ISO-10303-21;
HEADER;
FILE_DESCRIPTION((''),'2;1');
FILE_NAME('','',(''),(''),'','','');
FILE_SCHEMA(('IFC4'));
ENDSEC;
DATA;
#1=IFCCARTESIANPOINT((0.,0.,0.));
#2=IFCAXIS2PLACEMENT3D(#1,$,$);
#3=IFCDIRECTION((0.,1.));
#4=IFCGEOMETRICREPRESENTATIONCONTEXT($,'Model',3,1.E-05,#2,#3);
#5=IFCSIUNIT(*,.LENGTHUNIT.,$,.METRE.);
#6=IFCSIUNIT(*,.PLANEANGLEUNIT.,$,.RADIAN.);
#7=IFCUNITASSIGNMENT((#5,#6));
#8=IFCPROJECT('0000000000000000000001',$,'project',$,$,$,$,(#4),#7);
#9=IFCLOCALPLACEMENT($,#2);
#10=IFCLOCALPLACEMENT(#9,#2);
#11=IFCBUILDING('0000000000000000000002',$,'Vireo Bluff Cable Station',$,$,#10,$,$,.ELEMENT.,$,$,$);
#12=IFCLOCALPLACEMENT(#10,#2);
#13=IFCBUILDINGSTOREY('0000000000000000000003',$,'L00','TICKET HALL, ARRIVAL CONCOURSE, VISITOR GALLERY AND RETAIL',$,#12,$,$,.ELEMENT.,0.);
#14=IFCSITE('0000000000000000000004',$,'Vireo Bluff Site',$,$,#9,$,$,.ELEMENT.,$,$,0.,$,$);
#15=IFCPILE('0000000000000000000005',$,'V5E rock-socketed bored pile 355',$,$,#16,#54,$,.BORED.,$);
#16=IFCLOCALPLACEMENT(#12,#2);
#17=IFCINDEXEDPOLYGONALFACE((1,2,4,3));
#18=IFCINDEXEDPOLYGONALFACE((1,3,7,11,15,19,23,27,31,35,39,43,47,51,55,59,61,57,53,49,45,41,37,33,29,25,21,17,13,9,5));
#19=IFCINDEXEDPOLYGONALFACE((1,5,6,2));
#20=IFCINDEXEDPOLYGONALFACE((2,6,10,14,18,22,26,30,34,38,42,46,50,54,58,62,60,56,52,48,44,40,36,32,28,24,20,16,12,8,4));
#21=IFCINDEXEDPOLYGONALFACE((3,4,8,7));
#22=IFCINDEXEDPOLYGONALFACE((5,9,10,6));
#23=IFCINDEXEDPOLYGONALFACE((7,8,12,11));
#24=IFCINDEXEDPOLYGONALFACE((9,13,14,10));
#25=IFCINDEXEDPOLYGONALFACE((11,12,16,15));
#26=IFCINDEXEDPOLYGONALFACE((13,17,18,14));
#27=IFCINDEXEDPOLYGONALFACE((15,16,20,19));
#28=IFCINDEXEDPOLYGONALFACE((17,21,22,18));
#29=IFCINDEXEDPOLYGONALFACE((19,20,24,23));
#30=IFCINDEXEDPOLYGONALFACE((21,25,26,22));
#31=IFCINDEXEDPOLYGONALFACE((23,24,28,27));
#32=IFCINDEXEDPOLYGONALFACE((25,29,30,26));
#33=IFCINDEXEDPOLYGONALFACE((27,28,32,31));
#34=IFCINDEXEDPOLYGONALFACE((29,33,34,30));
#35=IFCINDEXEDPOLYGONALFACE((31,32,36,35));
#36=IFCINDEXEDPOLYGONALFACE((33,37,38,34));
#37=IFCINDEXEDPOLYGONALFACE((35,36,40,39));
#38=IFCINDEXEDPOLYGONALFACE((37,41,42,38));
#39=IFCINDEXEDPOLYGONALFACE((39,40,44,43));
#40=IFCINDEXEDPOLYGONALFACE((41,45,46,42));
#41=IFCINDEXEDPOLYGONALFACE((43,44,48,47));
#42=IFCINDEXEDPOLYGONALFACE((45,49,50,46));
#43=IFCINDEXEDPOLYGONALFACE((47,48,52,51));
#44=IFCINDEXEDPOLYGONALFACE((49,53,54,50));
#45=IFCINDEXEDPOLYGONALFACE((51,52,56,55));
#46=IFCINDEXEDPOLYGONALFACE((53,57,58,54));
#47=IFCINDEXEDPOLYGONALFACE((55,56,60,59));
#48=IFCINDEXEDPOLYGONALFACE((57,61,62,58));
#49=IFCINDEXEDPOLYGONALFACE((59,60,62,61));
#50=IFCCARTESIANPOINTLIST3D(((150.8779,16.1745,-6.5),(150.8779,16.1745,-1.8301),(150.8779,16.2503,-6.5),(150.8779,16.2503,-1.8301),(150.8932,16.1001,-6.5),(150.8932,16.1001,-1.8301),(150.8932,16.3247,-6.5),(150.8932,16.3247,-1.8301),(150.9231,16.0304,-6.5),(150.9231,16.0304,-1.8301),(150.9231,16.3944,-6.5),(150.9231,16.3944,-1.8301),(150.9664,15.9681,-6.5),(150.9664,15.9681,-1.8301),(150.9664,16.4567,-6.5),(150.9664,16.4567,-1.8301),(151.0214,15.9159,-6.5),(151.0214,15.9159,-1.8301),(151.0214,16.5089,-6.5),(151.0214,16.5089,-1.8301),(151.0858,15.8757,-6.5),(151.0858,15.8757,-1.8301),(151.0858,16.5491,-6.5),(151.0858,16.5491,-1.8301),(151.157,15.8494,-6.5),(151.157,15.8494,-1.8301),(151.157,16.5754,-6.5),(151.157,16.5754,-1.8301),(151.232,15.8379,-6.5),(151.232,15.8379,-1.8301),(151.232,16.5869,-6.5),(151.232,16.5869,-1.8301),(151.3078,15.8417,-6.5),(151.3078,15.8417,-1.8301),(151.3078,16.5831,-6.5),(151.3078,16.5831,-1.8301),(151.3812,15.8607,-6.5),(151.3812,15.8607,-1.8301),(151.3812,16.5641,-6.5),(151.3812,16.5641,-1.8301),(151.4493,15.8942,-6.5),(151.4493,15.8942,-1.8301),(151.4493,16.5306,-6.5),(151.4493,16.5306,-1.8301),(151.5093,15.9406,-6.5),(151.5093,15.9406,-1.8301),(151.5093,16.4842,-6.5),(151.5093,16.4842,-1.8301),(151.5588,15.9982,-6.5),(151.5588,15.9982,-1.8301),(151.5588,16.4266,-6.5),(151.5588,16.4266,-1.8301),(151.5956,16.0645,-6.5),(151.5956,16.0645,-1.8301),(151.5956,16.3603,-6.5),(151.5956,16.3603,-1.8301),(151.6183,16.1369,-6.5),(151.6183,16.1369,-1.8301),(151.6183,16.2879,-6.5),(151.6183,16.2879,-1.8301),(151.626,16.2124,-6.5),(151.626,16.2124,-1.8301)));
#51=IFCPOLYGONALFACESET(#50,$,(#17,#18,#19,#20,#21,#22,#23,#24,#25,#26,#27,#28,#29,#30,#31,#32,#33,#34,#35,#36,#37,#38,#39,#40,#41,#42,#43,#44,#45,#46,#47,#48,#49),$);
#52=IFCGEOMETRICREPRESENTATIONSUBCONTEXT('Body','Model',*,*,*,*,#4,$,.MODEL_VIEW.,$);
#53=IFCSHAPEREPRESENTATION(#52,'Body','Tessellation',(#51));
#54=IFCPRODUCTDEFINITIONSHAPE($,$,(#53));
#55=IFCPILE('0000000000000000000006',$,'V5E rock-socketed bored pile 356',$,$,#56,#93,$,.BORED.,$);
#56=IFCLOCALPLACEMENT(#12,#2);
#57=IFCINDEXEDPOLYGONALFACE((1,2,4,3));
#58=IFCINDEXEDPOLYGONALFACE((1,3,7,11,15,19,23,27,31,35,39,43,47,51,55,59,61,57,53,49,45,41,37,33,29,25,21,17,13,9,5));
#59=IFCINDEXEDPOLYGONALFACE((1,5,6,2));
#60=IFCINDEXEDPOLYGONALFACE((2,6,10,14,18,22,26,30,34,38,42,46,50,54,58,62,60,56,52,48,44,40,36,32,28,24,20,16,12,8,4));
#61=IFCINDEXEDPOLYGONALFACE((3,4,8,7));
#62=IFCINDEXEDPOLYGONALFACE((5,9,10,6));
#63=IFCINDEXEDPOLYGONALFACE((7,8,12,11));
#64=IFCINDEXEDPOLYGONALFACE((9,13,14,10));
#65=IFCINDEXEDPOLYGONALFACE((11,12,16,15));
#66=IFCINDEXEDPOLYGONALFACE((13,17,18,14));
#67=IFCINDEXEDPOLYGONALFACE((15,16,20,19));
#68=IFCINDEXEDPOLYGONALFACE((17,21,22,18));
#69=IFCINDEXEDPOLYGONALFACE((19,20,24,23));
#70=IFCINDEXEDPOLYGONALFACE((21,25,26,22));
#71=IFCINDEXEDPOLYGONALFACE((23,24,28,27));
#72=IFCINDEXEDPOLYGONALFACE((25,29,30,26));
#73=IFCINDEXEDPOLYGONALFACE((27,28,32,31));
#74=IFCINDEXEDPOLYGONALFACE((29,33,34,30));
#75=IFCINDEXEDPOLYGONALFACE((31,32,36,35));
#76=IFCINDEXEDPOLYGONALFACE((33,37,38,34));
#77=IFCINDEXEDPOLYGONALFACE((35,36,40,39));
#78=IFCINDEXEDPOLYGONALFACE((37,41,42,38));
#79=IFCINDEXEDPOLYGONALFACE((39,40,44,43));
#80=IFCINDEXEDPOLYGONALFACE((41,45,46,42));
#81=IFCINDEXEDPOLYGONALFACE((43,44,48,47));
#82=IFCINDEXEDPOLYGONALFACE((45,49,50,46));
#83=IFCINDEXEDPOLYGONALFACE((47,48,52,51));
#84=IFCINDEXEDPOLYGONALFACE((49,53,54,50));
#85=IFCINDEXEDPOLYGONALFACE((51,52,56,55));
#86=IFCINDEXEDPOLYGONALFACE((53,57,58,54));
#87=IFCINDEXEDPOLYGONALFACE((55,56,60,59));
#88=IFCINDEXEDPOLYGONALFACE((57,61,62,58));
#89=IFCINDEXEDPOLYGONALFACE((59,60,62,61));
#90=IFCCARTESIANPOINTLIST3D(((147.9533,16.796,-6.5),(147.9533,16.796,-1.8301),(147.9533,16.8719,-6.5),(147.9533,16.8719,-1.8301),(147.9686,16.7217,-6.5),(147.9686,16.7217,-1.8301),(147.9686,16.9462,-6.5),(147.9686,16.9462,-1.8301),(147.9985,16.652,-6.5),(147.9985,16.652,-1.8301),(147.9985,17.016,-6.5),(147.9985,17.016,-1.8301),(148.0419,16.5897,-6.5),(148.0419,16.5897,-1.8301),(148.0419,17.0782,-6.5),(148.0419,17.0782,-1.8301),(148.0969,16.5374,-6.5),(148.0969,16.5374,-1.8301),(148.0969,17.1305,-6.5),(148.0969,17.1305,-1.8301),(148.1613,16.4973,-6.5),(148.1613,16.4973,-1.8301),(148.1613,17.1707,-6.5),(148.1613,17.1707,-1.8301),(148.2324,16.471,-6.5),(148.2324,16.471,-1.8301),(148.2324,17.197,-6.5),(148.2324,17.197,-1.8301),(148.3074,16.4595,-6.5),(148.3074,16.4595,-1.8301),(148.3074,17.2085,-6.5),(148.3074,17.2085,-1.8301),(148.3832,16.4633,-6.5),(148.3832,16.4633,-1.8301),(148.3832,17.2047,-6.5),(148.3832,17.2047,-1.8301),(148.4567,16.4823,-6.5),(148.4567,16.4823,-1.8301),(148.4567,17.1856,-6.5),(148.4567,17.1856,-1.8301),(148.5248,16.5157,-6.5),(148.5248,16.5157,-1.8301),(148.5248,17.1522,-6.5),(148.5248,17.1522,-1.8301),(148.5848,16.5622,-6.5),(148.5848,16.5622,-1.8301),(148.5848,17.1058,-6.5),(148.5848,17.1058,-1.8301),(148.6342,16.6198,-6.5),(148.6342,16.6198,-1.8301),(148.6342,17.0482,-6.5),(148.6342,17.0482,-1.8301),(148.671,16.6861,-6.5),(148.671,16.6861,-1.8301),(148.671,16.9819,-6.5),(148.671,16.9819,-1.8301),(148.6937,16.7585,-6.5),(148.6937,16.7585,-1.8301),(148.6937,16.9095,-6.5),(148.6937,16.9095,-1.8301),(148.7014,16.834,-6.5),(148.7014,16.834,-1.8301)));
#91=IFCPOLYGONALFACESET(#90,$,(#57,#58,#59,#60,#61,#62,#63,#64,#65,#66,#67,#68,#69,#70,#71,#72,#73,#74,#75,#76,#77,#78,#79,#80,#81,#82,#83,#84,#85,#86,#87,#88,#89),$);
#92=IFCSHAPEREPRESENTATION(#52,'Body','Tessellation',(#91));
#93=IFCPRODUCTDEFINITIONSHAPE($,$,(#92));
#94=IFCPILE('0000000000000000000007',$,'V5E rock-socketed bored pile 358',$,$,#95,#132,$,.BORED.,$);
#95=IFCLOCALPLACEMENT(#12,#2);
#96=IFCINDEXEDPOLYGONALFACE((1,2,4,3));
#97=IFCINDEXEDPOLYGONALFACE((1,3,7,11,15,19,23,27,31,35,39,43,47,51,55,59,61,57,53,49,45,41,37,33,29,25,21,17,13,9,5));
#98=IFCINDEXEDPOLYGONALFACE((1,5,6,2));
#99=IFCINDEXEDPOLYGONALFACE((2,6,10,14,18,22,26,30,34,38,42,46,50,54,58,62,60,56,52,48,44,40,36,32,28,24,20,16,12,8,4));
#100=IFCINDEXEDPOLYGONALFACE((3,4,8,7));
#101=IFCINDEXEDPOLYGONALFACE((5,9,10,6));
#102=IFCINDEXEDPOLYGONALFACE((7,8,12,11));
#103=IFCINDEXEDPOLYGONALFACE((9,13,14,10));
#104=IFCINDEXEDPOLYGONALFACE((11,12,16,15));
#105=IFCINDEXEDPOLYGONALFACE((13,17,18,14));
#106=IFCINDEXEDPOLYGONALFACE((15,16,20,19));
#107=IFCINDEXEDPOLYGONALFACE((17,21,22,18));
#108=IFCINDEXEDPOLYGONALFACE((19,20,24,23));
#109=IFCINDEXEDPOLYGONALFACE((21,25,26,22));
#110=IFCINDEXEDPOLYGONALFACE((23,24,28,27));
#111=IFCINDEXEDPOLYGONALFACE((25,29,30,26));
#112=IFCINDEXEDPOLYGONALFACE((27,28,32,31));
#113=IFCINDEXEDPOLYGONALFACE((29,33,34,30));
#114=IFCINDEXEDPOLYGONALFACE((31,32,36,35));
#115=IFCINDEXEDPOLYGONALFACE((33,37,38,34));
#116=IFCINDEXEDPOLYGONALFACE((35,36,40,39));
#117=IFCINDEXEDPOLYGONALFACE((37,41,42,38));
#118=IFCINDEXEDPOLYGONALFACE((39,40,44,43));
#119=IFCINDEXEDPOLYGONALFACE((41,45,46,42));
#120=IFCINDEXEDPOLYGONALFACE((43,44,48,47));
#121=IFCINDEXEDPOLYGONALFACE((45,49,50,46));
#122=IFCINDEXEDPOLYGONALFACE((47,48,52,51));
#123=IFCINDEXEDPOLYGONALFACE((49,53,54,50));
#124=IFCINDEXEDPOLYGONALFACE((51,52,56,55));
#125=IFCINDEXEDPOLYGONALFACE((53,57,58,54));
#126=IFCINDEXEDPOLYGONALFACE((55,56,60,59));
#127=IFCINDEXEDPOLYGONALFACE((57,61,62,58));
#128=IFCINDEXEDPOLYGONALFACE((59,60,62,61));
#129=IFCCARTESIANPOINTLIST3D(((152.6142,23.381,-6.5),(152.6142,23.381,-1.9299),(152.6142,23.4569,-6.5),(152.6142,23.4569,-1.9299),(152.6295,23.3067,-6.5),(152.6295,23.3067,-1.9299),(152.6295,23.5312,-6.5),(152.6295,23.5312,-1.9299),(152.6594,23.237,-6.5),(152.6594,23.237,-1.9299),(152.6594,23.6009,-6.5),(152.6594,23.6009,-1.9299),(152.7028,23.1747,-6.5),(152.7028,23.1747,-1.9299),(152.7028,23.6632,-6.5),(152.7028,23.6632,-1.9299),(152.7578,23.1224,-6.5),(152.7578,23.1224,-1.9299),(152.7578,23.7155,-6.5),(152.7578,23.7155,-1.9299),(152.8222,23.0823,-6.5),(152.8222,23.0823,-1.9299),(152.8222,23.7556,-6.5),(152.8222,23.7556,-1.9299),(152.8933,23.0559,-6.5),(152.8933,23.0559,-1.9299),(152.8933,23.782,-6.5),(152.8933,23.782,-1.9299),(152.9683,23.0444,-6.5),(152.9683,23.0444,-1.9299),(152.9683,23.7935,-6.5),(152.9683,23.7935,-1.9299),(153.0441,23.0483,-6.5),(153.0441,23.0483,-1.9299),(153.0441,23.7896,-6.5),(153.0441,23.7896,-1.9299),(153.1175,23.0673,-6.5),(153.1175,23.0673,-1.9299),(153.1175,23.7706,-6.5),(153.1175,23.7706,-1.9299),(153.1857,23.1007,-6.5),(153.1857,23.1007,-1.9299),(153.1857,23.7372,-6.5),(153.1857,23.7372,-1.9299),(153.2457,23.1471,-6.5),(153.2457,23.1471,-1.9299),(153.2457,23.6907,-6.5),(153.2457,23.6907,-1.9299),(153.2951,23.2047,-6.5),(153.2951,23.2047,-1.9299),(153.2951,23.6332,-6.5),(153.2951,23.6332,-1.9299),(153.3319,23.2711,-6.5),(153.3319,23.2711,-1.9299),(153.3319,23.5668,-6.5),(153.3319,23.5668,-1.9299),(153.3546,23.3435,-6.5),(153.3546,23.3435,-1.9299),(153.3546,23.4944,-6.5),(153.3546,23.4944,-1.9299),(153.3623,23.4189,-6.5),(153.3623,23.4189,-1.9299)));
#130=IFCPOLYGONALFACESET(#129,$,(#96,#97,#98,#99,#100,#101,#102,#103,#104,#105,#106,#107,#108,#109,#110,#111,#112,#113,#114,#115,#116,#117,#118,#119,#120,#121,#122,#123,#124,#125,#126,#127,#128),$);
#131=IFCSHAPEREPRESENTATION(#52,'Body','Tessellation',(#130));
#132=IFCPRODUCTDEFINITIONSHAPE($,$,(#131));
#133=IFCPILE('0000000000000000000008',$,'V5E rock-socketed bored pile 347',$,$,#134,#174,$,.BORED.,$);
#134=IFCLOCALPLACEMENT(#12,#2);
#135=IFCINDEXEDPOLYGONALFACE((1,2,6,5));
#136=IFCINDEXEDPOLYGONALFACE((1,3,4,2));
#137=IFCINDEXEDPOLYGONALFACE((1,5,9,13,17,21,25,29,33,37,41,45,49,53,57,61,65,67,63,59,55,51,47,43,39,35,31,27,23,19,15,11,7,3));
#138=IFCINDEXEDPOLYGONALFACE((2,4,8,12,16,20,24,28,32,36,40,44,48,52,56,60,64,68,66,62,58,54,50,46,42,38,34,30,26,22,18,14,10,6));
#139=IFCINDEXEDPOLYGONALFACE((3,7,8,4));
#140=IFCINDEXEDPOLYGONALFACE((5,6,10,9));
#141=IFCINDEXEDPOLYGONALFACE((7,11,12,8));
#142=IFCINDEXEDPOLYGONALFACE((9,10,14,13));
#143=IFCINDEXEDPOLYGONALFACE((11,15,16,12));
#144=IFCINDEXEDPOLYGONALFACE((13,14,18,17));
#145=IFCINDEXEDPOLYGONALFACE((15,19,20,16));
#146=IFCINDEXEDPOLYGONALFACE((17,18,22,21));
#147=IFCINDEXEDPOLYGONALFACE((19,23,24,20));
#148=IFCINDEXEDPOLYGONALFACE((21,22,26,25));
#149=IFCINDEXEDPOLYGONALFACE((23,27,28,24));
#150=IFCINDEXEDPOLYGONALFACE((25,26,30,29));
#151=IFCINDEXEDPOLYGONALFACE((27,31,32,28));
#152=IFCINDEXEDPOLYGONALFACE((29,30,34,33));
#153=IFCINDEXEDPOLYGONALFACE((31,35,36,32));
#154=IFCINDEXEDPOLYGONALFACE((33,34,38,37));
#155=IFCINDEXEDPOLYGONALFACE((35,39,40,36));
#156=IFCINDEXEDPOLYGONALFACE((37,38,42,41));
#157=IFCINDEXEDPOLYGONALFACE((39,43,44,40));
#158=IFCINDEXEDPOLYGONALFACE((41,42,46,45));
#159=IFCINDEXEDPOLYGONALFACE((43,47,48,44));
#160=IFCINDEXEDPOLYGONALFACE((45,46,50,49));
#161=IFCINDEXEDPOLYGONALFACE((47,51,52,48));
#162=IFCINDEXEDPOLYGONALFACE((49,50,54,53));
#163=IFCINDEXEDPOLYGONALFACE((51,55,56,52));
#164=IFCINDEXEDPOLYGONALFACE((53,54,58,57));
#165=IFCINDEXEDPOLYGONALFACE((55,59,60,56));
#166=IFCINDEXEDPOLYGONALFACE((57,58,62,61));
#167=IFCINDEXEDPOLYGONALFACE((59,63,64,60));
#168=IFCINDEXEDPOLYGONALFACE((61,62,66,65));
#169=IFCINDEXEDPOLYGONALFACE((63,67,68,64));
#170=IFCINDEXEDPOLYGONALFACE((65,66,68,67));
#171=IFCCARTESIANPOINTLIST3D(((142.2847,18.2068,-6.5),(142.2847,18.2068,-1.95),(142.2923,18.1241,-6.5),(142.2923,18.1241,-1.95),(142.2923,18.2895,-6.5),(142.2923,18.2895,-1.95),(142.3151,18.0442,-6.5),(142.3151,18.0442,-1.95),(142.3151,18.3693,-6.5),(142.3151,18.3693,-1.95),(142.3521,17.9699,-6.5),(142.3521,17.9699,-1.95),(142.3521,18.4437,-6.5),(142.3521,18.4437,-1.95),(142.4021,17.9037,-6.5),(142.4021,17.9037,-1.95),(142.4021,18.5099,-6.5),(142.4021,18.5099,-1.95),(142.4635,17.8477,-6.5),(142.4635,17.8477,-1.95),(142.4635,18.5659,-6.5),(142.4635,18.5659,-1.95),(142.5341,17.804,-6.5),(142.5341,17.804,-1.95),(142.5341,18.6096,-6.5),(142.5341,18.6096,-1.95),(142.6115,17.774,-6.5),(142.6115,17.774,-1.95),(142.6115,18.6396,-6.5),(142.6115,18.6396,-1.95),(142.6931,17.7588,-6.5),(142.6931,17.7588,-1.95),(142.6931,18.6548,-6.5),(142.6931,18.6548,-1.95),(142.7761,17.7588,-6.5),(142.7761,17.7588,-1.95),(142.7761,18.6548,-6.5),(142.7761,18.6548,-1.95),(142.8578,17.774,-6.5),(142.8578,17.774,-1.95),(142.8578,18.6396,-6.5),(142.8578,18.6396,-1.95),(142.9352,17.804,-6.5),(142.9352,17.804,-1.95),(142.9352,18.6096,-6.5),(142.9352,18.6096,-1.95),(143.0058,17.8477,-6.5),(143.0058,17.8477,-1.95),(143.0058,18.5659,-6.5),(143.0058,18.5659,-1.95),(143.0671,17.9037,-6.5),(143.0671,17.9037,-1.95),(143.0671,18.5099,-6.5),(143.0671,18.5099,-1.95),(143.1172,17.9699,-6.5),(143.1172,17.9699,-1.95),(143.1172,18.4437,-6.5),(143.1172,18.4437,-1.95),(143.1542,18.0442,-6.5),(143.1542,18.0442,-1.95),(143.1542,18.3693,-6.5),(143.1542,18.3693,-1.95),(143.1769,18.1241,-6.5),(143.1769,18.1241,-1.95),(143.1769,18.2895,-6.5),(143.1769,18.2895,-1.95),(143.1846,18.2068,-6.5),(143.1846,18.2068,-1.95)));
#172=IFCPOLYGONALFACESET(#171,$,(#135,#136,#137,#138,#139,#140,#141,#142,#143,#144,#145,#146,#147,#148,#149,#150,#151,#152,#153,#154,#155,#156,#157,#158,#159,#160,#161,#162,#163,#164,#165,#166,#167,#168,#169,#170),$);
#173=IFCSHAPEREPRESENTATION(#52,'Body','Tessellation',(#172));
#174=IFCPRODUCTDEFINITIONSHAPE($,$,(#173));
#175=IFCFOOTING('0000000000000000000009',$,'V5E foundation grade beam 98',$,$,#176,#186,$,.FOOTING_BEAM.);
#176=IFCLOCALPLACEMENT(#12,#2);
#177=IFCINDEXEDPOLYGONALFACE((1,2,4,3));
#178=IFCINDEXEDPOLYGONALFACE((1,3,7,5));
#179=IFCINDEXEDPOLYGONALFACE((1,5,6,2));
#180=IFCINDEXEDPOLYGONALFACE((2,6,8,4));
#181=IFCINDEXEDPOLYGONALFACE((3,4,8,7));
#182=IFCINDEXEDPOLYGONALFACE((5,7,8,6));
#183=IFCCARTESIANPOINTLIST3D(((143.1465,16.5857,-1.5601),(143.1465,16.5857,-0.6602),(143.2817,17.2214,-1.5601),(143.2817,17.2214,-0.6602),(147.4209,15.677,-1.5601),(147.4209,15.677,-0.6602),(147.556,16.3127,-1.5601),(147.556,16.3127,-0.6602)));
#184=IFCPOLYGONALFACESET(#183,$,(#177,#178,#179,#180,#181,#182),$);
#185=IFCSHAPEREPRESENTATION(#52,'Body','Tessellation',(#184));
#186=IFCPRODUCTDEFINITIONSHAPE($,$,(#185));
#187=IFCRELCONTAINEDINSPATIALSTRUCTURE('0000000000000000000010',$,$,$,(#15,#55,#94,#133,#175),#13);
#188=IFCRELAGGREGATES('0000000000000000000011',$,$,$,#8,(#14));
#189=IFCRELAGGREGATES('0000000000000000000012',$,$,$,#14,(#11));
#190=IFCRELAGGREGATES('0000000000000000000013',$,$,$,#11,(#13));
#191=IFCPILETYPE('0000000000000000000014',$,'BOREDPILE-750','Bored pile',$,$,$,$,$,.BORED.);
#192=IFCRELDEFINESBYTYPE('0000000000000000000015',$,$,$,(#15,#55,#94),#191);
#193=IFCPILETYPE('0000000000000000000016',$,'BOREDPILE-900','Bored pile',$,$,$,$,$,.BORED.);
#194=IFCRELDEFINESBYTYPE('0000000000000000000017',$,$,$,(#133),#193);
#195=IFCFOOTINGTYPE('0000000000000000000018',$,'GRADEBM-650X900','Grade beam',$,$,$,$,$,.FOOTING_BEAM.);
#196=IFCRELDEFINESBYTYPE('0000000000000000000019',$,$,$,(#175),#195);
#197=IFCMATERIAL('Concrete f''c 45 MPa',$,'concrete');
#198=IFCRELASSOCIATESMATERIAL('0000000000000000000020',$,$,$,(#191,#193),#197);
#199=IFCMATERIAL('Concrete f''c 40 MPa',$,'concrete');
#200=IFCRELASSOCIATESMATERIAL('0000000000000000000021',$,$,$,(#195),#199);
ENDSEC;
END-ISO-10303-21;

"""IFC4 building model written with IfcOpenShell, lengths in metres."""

from ifc_helpers import new_model, si_unit, direction, frame, origin, origin_2d, place, context, subcontext, project, spatial, rectangle, circle, extrude, material, material_profile, profile_set, type_object, element, save


model = new_model("IFC4")

# Units and contexts
model_context = context("Model", 3, precision=1e-05, world=origin(), true_north=direction((0.0, 1.0)))
body_context = subcontext(model_context, "Body", "Model", "MODEL_VIEW")
ifc_project = project(units=[si_unit("LENGTHUNIT", "METRE"), si_unit("PLANEANGLEUNIT", "RADIAN")], contexts=[model_context])

# Site, building, storey
site_placement = place(None, origin())
site = spatial("IfcSite", under=ifc_project, at=site_placement, Name="Vireo Bluff Site", CompositionType="ELEMENT", RefElevation=0.0)
building_placement = place(site_placement, origin())
building = spatial("IfcBuilding", under=site, at=building_placement, Name="Vireo Bluff Cable Station", CompositionType="ELEMENT")
storey_placement = place(building_placement, origin())
storey = spatial("IfcBuildingStorey", under=building, at=storey_placement, Name="L00", Description="TICKET HALL, ARRIVAL CONCOURSE, VISITOR GALLERY AND RETAIL", CompositionType="ELEMENT", Elevation=0.0)

# Piles
ifc_material_1 = material(Name="Concrete f'c 45 MPa", Category="concrete")
ifc_material_profile_1 = material_profile(ifc_material_1, circle(Radius=0.375, at=origin_2d()), Name="BOREDPILE-750")
ifc_profile_set_1 = profile_set([ifc_material_profile_1], Name="Concrete f'c 45 MPa")
pile_type_1 = type_object("IfcPileType", Name="BOREDPILE-750", Description="Bored pile", PredefinedType="BORED", material=ifc_profile_set_1)
for number, where, z_axis, x_axis, name in (
    (1, (151.251, 16.2124, -1.8301), (0.0, 0.0, -1.0), (1.0, 0.0, 0.0), "V5E rock-socketed bored pile 355"),
    (2, (148.3264, 16.834, -1.8301), (0.0, 0.0, -1.0), (1.0, 0.0, 0.0), "V5E rock-socketed bored pile 356"),
):
    element("IfcPile", number, at=place(storey_placement, frame(where, z_axis=z_axis, x_axis=x_axis)), inside=storey, type_object=pile_type_1, Name=name, PredefinedType="BORED", context=body_context, shape_type="SweptSolid", body=[
        extrude(circle(Radius=0.375, at=origin_2d()), origin(), (0.0, 0.0, 1.0), 4.6699),
    ])
pile_1_placement = place(storey_placement, frame((152.9873, 23.4189, -1.9299), z_axis=(0.0, 0.0, -1.0), x_axis=(1.0, 0.0, 0.0)))
element("IfcPile", 3, at=pile_1_placement, inside=storey, type_object=pile_type_1, Name="V5E rock-socketed bored pile 358", PredefinedType="BORED", context=body_context, shape_type="SweptSolid", body=[
    extrude(circle(Radius=0.375, at=origin_2d()), origin(), (0.0, 0.0, 1.0), 4.5701),
])
ifc_material_profile_2 = material_profile(ifc_material_1, circle(Radius=0.45, at=origin_2d()), Name="BOREDPILE-900")
ifc_profile_set_2 = profile_set([ifc_material_profile_2], Name="Concrete f'c 45 MPa")
pile_type_2 = type_object("IfcPileType", Name="BOREDPILE-900", Description="Bored pile", PredefinedType="BORED", material=ifc_profile_set_2)
pile_2_placement = place(storey_placement, frame((142.7346, 18.2068, -1.95), z_axis=(0.0, 0.0, -1.0), x_axis=(1.0, 0.0, 0.0)))
element("IfcPile", 4, at=pile_2_placement, inside=storey, type_object=pile_type_2, Name="V5E rock-socketed bored pile 347", PredefinedType="BORED", context=body_context, shape_type="SweptSolid", body=[
    extrude(circle(Radius=0.45, at=origin_2d()), origin(), (0.0, 0.0, 1.0), 4.55),
])

# Footing
ifc_material_2 = material(Name="Concrete f'c 40 MPa", Category="concrete")
ifc_material_profile_3 = material_profile(ifc_material_2, rectangle(XDim=0.6499, YDim=0.8999, at=origin_2d()), Name="GRADEBM-650X900")
ifc_profile_set_3 = profile_set([ifc_material_profile_3], Name="Concrete f'c 40 MPa")
footing_type = type_object("IfcFootingType", Name="GRADEBM-650X900", Description="Grade beam", PredefinedType="FOOTING_BEAM", material=ifc_profile_set_3)
footing_placement = place(storey_placement, frame((143.2141, 16.9036, -1.1101), z_axis=(0.978141, -0.207942, 0.0), x_axis=(0.207942, 0.978141, 0.0)))
element("IfcFooting", 5, at=footing_placement, inside=storey, type_object=footing_type, Name="V5E foundation grade beam 98", PredefinedType="FOOTING_BEAM", context=body_context, shape_type="SweptSolid", body=[
    extrude(rectangle(XDim=0.6499, YDim=0.8999, at=origin_2d()), origin(), (0.0, 0.0, 1.0), 4.3699),
])

save(model, "model.ifc")
